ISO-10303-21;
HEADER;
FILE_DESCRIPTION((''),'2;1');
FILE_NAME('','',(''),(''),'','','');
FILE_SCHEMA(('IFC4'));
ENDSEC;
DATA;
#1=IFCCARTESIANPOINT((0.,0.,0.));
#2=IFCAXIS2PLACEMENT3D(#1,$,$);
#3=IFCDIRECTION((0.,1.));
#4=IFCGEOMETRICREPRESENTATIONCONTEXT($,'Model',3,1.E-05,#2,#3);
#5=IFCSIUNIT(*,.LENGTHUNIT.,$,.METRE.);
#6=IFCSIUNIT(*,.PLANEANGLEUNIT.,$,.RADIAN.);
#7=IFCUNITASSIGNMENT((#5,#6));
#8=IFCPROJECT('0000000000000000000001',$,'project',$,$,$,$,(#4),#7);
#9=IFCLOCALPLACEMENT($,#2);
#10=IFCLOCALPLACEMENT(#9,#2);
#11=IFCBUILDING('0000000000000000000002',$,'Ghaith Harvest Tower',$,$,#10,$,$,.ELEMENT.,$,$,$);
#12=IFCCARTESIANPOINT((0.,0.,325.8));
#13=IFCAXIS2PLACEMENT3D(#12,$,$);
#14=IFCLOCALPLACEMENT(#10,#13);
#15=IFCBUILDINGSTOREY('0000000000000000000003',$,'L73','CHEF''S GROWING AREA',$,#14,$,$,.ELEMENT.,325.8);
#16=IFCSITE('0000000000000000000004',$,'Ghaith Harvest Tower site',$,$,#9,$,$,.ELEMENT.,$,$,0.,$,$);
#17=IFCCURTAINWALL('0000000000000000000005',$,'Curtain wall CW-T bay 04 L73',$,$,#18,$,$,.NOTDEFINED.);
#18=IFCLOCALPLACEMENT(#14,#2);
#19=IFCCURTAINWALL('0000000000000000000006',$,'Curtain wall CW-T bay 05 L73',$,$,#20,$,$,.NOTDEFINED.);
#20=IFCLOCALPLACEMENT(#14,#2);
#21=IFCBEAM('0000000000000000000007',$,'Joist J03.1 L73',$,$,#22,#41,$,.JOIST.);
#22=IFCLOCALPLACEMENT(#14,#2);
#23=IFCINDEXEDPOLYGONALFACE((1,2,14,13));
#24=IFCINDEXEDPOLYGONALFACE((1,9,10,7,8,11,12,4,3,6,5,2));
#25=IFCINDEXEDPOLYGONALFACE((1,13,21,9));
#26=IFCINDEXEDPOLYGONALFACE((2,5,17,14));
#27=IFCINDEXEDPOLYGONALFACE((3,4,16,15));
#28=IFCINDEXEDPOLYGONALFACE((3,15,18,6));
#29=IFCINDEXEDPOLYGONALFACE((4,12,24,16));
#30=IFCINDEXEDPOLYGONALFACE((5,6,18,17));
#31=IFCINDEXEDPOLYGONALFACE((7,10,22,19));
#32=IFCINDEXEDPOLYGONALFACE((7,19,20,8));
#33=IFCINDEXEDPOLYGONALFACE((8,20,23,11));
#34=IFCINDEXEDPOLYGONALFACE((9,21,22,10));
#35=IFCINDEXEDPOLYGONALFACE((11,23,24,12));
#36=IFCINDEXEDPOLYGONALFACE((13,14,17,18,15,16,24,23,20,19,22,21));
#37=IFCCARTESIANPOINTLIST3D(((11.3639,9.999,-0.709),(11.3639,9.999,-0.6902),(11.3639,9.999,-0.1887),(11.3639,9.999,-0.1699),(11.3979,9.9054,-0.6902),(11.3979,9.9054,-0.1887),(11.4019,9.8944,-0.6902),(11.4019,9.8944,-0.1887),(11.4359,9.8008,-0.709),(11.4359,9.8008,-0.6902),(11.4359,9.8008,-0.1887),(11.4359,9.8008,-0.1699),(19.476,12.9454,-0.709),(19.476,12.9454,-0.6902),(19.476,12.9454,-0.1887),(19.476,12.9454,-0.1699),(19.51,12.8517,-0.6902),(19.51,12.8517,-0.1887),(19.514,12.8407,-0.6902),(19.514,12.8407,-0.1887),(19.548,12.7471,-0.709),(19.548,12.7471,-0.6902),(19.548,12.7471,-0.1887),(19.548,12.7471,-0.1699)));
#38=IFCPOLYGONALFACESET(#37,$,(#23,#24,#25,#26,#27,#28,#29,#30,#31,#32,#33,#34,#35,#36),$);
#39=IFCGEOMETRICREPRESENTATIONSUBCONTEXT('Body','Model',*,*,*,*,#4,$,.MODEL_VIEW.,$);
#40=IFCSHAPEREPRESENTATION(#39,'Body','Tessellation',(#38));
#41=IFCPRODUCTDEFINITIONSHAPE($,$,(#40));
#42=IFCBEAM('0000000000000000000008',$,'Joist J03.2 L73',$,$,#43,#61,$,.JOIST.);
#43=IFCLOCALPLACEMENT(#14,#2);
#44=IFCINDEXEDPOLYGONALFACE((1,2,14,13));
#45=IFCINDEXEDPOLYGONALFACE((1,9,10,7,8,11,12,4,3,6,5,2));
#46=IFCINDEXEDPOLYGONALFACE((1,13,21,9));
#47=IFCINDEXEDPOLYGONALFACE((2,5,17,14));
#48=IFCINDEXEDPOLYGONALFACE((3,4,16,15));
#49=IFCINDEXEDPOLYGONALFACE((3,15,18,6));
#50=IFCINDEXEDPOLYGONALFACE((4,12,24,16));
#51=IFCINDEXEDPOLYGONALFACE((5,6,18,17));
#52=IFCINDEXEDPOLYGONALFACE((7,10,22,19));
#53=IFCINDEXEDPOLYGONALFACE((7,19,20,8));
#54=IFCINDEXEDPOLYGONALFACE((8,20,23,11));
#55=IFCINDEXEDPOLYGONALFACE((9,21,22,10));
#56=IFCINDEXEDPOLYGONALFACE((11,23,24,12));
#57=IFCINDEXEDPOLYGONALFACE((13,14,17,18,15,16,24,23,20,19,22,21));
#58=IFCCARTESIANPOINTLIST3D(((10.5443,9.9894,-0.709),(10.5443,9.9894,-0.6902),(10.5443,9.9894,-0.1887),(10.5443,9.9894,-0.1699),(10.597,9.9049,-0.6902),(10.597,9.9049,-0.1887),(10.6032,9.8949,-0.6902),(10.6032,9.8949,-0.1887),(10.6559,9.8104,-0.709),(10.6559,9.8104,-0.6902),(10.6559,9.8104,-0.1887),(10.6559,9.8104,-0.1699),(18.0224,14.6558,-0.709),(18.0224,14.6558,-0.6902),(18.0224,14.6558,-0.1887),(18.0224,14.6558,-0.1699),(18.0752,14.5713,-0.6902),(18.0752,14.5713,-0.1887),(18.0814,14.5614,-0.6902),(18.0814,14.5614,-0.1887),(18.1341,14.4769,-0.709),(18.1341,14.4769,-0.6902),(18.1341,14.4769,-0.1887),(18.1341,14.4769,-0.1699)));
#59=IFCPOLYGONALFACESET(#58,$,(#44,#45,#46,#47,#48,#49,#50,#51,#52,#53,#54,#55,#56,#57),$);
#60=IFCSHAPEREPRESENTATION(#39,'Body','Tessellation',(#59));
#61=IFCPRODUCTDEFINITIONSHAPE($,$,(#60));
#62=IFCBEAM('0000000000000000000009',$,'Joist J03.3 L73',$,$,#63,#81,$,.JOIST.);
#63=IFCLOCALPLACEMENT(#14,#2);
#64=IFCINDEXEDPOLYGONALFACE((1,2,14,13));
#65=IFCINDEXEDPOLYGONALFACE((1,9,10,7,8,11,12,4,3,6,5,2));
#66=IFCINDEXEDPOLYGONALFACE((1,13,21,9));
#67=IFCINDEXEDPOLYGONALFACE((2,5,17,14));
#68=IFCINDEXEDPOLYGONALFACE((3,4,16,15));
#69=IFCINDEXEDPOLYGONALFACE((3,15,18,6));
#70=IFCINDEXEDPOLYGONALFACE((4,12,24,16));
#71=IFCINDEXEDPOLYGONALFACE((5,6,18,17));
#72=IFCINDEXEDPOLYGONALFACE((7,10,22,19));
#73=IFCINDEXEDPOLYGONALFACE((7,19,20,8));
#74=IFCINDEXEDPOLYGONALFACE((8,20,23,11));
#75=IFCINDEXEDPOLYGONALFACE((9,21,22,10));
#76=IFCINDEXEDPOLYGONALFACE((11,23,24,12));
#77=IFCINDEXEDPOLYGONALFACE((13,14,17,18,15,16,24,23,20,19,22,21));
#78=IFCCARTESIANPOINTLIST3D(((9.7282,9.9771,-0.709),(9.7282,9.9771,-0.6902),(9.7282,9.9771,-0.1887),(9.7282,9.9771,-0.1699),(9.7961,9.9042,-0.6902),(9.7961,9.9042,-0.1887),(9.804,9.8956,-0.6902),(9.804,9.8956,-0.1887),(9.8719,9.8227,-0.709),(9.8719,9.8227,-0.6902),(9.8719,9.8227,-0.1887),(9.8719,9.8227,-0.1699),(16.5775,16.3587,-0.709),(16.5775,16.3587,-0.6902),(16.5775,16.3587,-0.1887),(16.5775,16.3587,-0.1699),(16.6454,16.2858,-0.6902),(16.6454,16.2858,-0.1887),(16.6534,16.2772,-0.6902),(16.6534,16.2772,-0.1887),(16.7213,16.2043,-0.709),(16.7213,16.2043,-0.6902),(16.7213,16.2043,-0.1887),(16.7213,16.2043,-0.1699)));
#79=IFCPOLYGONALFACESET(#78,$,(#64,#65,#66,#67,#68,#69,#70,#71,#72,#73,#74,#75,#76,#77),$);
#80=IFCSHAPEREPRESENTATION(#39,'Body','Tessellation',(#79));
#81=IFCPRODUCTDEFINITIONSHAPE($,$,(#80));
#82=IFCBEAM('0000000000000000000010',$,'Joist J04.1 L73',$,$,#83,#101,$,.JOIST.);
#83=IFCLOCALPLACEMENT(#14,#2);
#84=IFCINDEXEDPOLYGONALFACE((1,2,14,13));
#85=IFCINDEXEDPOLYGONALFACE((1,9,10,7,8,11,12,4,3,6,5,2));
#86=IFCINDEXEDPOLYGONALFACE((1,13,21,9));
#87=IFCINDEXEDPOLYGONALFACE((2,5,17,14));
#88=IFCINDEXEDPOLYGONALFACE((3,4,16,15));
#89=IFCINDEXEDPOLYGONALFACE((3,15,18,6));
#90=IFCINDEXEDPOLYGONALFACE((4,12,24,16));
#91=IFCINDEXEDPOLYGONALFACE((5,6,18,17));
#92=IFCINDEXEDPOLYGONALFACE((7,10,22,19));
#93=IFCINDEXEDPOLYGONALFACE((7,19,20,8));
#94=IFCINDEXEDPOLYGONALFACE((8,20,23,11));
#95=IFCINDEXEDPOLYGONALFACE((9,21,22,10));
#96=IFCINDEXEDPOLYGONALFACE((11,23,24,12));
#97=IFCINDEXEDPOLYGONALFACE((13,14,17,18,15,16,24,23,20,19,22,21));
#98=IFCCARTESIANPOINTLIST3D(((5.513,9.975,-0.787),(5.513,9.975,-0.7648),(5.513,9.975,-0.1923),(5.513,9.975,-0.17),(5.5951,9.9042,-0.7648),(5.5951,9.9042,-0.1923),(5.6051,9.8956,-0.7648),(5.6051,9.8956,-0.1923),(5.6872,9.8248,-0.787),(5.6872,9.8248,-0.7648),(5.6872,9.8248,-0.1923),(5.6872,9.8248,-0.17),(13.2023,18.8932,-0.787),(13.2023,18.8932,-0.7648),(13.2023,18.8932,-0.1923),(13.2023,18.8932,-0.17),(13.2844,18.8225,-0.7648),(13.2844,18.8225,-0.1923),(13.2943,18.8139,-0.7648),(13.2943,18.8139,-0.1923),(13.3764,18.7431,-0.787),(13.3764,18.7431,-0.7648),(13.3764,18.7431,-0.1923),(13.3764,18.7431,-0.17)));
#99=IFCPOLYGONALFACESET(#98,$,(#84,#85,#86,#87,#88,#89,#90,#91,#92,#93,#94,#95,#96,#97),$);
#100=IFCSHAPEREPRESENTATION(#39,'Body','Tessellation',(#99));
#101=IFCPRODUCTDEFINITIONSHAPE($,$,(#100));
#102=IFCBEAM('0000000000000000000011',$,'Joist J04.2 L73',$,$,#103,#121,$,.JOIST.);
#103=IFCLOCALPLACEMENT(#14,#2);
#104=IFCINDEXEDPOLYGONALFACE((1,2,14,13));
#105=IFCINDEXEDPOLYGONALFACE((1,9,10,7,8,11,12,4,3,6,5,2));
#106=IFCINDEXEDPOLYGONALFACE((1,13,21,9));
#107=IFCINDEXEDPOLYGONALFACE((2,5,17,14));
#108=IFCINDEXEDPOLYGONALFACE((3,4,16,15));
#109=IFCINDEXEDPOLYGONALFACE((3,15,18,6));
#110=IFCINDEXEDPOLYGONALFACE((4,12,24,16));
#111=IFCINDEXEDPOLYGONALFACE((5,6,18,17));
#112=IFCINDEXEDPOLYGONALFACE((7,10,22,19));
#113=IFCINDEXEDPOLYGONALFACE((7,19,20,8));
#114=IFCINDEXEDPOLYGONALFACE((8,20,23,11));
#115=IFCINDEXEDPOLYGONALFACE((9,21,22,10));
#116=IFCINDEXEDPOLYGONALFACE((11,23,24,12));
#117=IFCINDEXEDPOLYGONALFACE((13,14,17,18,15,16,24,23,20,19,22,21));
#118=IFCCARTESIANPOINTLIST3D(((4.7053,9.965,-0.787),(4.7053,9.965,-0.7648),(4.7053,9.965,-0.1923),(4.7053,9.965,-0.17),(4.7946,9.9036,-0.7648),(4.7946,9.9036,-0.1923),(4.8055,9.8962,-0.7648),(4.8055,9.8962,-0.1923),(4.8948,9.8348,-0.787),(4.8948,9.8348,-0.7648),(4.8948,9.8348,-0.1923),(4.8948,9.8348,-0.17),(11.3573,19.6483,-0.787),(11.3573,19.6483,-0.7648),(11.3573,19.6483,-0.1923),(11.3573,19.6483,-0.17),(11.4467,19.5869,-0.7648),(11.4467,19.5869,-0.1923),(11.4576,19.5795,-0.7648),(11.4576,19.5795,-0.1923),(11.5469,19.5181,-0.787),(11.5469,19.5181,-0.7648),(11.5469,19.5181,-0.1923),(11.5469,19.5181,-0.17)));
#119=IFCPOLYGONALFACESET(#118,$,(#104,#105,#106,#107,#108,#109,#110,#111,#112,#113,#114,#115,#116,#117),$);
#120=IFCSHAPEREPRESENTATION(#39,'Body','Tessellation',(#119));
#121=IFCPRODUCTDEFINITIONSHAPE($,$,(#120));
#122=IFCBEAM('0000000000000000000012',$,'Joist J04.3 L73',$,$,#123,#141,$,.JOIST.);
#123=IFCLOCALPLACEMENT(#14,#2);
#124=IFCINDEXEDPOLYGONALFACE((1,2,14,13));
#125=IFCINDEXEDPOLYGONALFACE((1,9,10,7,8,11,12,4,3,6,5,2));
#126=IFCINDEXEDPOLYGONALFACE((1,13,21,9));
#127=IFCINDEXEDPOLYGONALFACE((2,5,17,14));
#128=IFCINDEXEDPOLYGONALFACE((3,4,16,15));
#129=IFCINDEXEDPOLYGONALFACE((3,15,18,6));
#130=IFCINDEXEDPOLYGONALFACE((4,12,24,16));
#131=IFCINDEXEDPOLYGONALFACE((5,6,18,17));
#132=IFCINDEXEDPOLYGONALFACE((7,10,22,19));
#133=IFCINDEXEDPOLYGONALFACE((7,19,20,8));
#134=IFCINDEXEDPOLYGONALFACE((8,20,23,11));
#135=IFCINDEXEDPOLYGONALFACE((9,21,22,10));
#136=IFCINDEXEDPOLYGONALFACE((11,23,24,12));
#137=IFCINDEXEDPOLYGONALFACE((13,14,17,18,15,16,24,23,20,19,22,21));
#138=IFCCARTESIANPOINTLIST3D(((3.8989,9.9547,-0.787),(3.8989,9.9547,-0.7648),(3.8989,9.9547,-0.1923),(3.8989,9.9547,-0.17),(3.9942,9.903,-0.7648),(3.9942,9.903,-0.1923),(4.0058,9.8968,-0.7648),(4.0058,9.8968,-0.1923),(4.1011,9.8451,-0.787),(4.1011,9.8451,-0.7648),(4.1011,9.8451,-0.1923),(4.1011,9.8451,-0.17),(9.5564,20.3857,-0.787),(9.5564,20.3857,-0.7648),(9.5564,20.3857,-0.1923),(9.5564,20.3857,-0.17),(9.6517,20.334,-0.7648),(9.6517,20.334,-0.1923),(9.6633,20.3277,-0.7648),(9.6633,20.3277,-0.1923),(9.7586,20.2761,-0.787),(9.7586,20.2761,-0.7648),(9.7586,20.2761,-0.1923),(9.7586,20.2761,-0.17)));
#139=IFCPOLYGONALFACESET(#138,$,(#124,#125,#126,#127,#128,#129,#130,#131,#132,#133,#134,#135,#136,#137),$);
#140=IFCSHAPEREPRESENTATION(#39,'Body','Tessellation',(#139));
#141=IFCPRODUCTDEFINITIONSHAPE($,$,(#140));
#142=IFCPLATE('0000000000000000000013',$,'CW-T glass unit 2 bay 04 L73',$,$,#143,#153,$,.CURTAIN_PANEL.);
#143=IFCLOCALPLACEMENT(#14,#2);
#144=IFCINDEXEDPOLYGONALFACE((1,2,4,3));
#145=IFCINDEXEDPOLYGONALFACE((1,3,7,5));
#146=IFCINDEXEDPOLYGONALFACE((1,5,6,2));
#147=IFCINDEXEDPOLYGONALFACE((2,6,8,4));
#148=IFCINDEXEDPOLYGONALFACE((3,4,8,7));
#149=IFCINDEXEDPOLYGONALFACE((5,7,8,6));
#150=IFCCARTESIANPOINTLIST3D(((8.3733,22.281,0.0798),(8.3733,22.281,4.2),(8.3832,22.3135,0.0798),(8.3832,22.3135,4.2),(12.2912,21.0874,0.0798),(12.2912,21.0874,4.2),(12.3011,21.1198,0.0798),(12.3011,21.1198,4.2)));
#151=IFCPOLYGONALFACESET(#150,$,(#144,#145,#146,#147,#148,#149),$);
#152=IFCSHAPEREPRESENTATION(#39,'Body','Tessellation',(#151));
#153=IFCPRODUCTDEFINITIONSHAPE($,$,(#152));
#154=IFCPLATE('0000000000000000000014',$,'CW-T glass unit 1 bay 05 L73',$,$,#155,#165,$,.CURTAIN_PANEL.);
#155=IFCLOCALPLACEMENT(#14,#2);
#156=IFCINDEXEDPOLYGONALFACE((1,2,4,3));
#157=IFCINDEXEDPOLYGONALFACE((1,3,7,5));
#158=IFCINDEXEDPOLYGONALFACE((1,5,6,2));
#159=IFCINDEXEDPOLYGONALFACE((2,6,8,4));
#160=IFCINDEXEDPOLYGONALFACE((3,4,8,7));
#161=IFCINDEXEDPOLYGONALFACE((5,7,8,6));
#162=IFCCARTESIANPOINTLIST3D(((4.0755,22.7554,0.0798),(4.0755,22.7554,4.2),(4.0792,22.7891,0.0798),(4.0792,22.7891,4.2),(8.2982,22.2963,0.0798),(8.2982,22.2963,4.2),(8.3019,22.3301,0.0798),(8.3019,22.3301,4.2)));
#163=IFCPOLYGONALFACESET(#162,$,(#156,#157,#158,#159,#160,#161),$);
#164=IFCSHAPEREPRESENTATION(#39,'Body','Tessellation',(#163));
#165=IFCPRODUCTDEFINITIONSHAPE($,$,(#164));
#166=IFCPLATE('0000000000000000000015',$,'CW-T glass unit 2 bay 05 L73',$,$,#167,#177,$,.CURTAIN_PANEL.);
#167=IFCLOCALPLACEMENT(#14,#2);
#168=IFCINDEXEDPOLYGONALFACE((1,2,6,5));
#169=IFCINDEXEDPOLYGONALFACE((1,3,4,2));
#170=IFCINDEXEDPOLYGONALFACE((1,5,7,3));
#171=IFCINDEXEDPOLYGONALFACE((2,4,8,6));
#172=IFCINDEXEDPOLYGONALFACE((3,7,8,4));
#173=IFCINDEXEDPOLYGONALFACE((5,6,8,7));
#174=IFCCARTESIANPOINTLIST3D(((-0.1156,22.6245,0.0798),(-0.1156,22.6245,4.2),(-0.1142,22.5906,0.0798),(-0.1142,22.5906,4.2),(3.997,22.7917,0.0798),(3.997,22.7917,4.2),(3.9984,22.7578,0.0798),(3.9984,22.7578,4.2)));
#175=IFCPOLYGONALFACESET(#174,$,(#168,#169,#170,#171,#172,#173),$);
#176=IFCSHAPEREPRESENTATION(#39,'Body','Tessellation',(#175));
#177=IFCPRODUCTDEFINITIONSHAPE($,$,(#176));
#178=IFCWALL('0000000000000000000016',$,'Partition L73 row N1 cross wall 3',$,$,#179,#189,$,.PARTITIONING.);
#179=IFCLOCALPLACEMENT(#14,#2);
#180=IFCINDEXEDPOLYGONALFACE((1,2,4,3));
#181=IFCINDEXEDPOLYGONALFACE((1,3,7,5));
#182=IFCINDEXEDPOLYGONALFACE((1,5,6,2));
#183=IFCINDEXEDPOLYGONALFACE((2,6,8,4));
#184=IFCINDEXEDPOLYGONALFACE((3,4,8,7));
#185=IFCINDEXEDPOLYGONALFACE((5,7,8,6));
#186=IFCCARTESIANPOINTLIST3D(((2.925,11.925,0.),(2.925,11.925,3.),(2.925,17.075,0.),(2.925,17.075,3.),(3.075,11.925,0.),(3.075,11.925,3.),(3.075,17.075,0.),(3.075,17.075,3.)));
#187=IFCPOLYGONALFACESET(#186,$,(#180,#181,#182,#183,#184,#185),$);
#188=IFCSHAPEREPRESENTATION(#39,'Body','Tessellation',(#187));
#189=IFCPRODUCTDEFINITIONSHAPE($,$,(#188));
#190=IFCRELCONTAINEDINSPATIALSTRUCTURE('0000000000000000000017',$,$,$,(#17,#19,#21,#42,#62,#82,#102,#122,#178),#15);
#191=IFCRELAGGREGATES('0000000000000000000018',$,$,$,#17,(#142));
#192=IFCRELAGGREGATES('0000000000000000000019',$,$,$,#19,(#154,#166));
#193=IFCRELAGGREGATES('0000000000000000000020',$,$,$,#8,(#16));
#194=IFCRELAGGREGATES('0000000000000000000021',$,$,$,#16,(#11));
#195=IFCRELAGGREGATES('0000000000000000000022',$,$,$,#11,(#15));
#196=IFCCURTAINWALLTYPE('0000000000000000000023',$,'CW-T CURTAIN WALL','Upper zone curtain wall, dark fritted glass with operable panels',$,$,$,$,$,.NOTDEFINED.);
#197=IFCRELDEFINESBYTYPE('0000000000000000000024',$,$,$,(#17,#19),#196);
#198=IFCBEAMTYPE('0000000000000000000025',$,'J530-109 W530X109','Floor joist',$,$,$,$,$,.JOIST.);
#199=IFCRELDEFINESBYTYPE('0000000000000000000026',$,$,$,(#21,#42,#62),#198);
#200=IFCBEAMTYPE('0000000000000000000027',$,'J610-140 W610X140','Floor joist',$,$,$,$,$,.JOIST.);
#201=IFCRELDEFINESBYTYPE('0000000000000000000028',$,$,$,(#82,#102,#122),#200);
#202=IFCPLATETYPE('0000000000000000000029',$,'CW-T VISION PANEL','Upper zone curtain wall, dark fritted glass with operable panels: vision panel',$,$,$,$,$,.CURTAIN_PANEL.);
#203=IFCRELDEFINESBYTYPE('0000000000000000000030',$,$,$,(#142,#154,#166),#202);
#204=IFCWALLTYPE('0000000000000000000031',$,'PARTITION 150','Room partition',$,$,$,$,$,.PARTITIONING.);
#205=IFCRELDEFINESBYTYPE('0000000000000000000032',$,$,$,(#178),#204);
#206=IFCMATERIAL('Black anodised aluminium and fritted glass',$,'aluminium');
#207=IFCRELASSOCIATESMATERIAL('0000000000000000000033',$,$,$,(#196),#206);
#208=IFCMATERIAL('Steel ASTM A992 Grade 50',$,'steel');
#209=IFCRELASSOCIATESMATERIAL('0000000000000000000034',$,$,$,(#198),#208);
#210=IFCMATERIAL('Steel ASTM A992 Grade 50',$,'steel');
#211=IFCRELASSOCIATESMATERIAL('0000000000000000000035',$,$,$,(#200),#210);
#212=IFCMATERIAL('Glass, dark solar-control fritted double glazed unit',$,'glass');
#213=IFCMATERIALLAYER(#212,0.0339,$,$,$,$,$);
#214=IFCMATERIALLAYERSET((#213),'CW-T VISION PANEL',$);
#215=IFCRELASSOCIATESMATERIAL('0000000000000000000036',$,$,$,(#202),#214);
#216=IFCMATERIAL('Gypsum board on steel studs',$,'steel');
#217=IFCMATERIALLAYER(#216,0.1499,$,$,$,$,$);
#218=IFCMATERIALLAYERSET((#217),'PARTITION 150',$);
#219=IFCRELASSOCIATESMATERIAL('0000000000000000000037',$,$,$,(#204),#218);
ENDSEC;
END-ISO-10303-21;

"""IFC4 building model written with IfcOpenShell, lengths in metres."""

from ifc_helpers import new_model, si_unit, direction, frame, frame_2d, origin, origin_2d, place, context, subcontext, project, spatial, rectangle, i_section, extrude, material, layer, layer_set, material_profile, profile_set, type_object, element, aggregate, save


model = new_model("IFC4")

# Units and contexts
model_context = context("Model", 3, precision=1e-05, world=origin(), true_north=direction((0.0, 1.0)))
body_context = subcontext(model_context, "Body", "Model", "MODEL_VIEW")
ifc_project = project(units=[si_unit("LENGTHUNIT", "METRE"), si_unit("PLANEANGLEUNIT", "RADIAN")], contexts=[model_context])

# Site, building, storey
site_placement = place(None, origin())
site = spatial("IfcSite", under=ifc_project, at=site_placement, Name="Ghaith Harvest Tower site", CompositionType="ELEMENT", RefElevation=0.0)
building_placement = place(site_placement, origin())
building = spatial("IfcBuilding", under=site, at=building_placement, Name="Ghaith Harvest Tower", CompositionType="ELEMENT")
storey_placement = place(building_placement, frame((0.0, 0.0, 325.8)))
storey = spatial("IfcBuildingStorey", under=building, at=storey_placement, Name="L73", Description="CHEF'S GROWING AREA", CompositionType="ELEMENT", Elevation=325.8)

# Curtain wall
ifc_material_1 = material(Name="Black anodised aluminium and fritted glass", Category="aluminium")
curtain_wall_type = type_object("IfcCurtainWallType", Name="CW-T CURTAIN WALL", Description="Upper zone curtain wall, dark fritted glass with operable panels", PredefinedType="NOTDEFINED", material=ifc_material_1)
curtain_wall_1_placement = place(storey_placement, origin())
curtain_wall_1 = element("IfcCurtainWall", 1, at=curtain_wall_1_placement, inside=storey, type_object=curtain_wall_type, Name="Curtain wall CW-T bay 04 L73", PredefinedType="NOTDEFINED")

# Curtain wall
curtain_wall_2_placement = place(storey_placement, origin())
curtain_wall_2 = element("IfcCurtainWall", 2, at=curtain_wall_2_placement, inside=storey, type_object=curtain_wall_type, Name="Curtain wall CW-T bay 05 L73", PredefinedType="NOTDEFINED")

# Beams
ifc_material_2 = material(Name="Steel ASTM A992 Grade 50", Category="steel")
ifc_material_profile_1 = material_profile(ifc_material_2, i_section(OverallWidth=0.2109, OverallDepth=0.5391, WebThickness=0.0117, FlangeThickness=0.0188, at=origin_2d()), Name="W530X109")
ifc_profile_set_1 = profile_set([ifc_material_profile_1], Name="Steel ASTM A992 Grade 50")
beam_type_1 = type_object("IfcBeamType", Name="J530-109 W530X109", Description="Floor joist", PredefinedType="JOIST", material=ifc_profile_set_1)
beam_1_placement = place(storey_placement, frame((11.3999, 9.8999, -0.4395), z_axis=(0.939926, 0.34138, 0.0), x_axis=(-0.34138, 0.939926, 0.0)))
element("IfcBeam", 3, at=beam_1_placement, inside=storey, type_object=beam_type_1, Name="Joist J03.1 L73", PredefinedType="JOIST", context=body_context, shape_type="SweptSolid", body=[
    extrude(i_section(OverallWidth=0.2109, OverallDepth=0.5391, WebThickness=0.0117, FlangeThickness=0.0188, at=origin_2d()), origin(), (0.0, 0.0, 1.0), 8.6306),
])
beam_2_placement = place(storey_placement, frame((10.6001, 9.8999, -0.4395), z_axis=(0.848376, 0.529394, 0.0), x_axis=(-0.529394, 0.848376, 0.0)))
element("IfcBeam", 4, at=beam_2_placement, inside=storey, type_object=beam_type_1, Name="Joist J03.2 L73", PredefinedType="JOIST", context=body_context, shape_type="SweptSolid", body=[
    extrude(i_section(OverallWidth=0.2109, OverallDepth=0.5391, WebThickness=0.0117, FlangeThickness=0.0188, at=origin_2d()), origin(), (0.0, 0.0, 1.0), 8.8147),
])
beam_3_placement = place(storey_placement, frame((9.8, 9.8999, -0.4395), z_axis=(0.731649, 0.681682, 0.0), x_axis=(-0.681682, 0.731649, 0.0)))
element("IfcBeam", 5, at=beam_3_placement, inside=storey, type_object=beam_type_1, Name="Joist J03.3 L73", PredefinedType="JOIST", context=body_context, shape_type="SweptSolid", body=[
    extrude(i_section(OverallWidth=0.2109, OverallDepth=0.5391, WebThickness=0.0117, FlangeThickness=0.0188, at=origin_2d()), origin(), (0.0, 0.0, 1.0), 9.3616),
])
ifc_material_3 = material(Name="Steel ASTM A992 Grade 50", Category="steel")
ifc_material_profile_2 = material_profile(ifc_material_3, i_section(OverallWidth=0.23, OverallDepth=0.6169, WebThickness=0.0132, FlangeThickness=0.0222, at=origin_2d()), Name="W610X140")
ifc_profile_set_2 = profile_set([ifc_material_profile_2], Name="Steel ASTM A992 Grade 50")
beam_type_2 = type_object("IfcBeamType", Name="J610-140 W610X140", Description="Floor joist", PredefinedType="JOIST", material=ifc_profile_set_2)
beam_4_placement = place(storey_placement, frame((5.6001, 9.8999, -0.4785), z_axis=(0.652993, 0.757364, 0.0), x_axis=(-0.757364, 0.652993, 0.0)))
element("IfcBeam", 6, at=beam_4_placement, inside=storey, type_object=beam_type_2, Name="Joist J04.1 L73", PredefinedType="JOIST", context=body_context, shape_type="SweptSolid", body=[
    extrude(i_section(OverallWidth=0.23, OverallDepth=0.6169, WebThickness=0.0132, FlangeThickness=0.0222, at=origin_2d()), origin(), (0.0, 0.0, 1.0), 11.7754),
])
beam_5_placement = place(storey_placement, frame((4.8, 9.8999, -0.4785), z_axis=(0.566228, 0.824249, 0.0), x_axis=(-0.824249, 0.566228, 0.0)))
element("IfcBeam", 7, at=beam_5_placement, inside=storey, type_object=beam_type_2, Name="Joist J04.2 L73", PredefinedType="JOIST", context=body_context, shape_type="SweptSolid", body=[
    extrude(i_section(OverallWidth=0.23, OverallDepth=0.6169, WebThickness=0.0132, FlangeThickness=0.0222, at=origin_2d()), origin(), (0.0, 0.0, 1.0), 11.748),
])
beam_6_placement = place(storey_placement, frame((4.0, 9.8999, -0.4785), z_axis=(0.476765, 0.879031, 0.0), x_axis=(-0.879031, 0.476765, 0.0)))
element("IfcBeam", 8, at=beam_6_placement, inside=storey, type_object=beam_type_2, Name="Joist J04.3 L73", PredefinedType="JOIST", context=body_context, shape_type="SweptSolid", body=[
    extrude(i_section(OverallWidth=0.23, OverallDepth=0.6169, WebThickness=0.0132, FlangeThickness=0.0222, at=origin_2d()), origin(), (0.0, 0.0, 1.0), 11.8665),
])

# Plates
ifc_material_4 = material(Name="Glass, dark solar-control fritted double glazed unit", Category="glass")
ifc_layer_1 = layer(ifc_material_4, 0.0339)
ifc_layer_set_1 = layer_set([ifc_layer_1], Name="CW-T VISION PANEL")
plate_type = type_object("IfcPlateType", Name="CW-T VISION PANEL", Description="Upper zone curtain wall, dark fritted glass with operable panels: vision panel", PredefinedType="CURTAIN_PANEL", material=ifc_layer_set_1)
plate_1_placement = place(storey_placement, frame((10.3372, 21.7004, 0.0798), z_axis=(0.0, 0.0, 1.0), x_axis=(-0.956588, 0.291445, 0.0)))
plate_1 = element("IfcPlate", 9, at=plate_1_placement, type_object=plate_type, Name="CW-T glass unit 2 bay 04 L73", PredefinedType="CURTAIN_PANEL", context=body_context, shape_type="SweptSolid", body=[
    extrude(rectangle(XDim=4.0957, YDim=0.0339, at=origin_2d()), origin(), (0.0, 0.0, 1.0), 4.1201),
])
aggregate(curtain_wall_1, [plate_1])
plate_2_placement = place(storey_placement, frame((6.1887, 22.5427, 0.0798), z_axis=(0.0, 0.0, 1.0), x_axis=(-0.994143, 0.108074, 0.0)))
plate_2 = element("IfcPlate", 10, at=plate_2_placement, type_object=plate_type, Name="CW-T glass unit 1 bay 05 L73", PredefinedType="CURTAIN_PANEL", context=body_context, shape_type="SweptSolid", body=[
    extrude(rectangle(XDim=4.2476, YDim=0.0339, at=origin_2d()), origin(), (0.0, 0.0, 1.0), 4.1201),
])
plate_3_placement = place(storey_placement, frame((1.9414, 22.6912, 0.0798), z_axis=(0.0, 0.0, 1.0), x_axis=(-0.999174, -0.040638, 0.0)))
plate_3 = element("IfcPlate", 11, at=plate_3_placement, type_object=plate_type, Name="CW-T glass unit 2 bay 05 L73", PredefinedType="CURTAIN_PANEL", context=body_context, shape_type="SweptSolid", body=[
    extrude(rectangle(XDim=4.116, YDim=0.0339, at=origin_2d()), origin(), (0.0, 0.0, 1.0), 4.1201),
])
aggregate(curtain_wall_2, [plate_2, plate_3])

# Wall
ifc_material_5 = material(Name="Gypsum board on steel studs", Category="steel")
ifc_layer_2 = layer(ifc_material_5, 0.1499)
ifc_layer_set_2 = layer_set([ifc_layer_2], Name="PARTITION 150")
wall_type = type_object("IfcWallType", Name="PARTITION 150", Description="Room partition", PredefinedType="PARTITIONING", material=ifc_layer_set_2)
for number, where, z_axis, x_axis, name in (
    (12, (3.0, 11.925, 0.0), (0.0, 0.0, 1.0), (0.0, 1.0, 0.0), "Partition L73 row N1 cross wall 3"),
):
    element("IfcWall", number, at=place(storey_placement, frame(where, z_axis=z_axis, x_axis=x_axis)), inside=storey, type_object=wall_type, Name=name, PredefinedType="PARTITIONING", context=body_context, shape_type="SweptSolid", body=[
        extrude(rectangle(XDim=5.1499, YDim=0.1499, at=frame_2d((2.575, 0.0))), origin(), (0.0, 0.0, 1.0), 3.0),
    ])

save(model, "model.ifc")
